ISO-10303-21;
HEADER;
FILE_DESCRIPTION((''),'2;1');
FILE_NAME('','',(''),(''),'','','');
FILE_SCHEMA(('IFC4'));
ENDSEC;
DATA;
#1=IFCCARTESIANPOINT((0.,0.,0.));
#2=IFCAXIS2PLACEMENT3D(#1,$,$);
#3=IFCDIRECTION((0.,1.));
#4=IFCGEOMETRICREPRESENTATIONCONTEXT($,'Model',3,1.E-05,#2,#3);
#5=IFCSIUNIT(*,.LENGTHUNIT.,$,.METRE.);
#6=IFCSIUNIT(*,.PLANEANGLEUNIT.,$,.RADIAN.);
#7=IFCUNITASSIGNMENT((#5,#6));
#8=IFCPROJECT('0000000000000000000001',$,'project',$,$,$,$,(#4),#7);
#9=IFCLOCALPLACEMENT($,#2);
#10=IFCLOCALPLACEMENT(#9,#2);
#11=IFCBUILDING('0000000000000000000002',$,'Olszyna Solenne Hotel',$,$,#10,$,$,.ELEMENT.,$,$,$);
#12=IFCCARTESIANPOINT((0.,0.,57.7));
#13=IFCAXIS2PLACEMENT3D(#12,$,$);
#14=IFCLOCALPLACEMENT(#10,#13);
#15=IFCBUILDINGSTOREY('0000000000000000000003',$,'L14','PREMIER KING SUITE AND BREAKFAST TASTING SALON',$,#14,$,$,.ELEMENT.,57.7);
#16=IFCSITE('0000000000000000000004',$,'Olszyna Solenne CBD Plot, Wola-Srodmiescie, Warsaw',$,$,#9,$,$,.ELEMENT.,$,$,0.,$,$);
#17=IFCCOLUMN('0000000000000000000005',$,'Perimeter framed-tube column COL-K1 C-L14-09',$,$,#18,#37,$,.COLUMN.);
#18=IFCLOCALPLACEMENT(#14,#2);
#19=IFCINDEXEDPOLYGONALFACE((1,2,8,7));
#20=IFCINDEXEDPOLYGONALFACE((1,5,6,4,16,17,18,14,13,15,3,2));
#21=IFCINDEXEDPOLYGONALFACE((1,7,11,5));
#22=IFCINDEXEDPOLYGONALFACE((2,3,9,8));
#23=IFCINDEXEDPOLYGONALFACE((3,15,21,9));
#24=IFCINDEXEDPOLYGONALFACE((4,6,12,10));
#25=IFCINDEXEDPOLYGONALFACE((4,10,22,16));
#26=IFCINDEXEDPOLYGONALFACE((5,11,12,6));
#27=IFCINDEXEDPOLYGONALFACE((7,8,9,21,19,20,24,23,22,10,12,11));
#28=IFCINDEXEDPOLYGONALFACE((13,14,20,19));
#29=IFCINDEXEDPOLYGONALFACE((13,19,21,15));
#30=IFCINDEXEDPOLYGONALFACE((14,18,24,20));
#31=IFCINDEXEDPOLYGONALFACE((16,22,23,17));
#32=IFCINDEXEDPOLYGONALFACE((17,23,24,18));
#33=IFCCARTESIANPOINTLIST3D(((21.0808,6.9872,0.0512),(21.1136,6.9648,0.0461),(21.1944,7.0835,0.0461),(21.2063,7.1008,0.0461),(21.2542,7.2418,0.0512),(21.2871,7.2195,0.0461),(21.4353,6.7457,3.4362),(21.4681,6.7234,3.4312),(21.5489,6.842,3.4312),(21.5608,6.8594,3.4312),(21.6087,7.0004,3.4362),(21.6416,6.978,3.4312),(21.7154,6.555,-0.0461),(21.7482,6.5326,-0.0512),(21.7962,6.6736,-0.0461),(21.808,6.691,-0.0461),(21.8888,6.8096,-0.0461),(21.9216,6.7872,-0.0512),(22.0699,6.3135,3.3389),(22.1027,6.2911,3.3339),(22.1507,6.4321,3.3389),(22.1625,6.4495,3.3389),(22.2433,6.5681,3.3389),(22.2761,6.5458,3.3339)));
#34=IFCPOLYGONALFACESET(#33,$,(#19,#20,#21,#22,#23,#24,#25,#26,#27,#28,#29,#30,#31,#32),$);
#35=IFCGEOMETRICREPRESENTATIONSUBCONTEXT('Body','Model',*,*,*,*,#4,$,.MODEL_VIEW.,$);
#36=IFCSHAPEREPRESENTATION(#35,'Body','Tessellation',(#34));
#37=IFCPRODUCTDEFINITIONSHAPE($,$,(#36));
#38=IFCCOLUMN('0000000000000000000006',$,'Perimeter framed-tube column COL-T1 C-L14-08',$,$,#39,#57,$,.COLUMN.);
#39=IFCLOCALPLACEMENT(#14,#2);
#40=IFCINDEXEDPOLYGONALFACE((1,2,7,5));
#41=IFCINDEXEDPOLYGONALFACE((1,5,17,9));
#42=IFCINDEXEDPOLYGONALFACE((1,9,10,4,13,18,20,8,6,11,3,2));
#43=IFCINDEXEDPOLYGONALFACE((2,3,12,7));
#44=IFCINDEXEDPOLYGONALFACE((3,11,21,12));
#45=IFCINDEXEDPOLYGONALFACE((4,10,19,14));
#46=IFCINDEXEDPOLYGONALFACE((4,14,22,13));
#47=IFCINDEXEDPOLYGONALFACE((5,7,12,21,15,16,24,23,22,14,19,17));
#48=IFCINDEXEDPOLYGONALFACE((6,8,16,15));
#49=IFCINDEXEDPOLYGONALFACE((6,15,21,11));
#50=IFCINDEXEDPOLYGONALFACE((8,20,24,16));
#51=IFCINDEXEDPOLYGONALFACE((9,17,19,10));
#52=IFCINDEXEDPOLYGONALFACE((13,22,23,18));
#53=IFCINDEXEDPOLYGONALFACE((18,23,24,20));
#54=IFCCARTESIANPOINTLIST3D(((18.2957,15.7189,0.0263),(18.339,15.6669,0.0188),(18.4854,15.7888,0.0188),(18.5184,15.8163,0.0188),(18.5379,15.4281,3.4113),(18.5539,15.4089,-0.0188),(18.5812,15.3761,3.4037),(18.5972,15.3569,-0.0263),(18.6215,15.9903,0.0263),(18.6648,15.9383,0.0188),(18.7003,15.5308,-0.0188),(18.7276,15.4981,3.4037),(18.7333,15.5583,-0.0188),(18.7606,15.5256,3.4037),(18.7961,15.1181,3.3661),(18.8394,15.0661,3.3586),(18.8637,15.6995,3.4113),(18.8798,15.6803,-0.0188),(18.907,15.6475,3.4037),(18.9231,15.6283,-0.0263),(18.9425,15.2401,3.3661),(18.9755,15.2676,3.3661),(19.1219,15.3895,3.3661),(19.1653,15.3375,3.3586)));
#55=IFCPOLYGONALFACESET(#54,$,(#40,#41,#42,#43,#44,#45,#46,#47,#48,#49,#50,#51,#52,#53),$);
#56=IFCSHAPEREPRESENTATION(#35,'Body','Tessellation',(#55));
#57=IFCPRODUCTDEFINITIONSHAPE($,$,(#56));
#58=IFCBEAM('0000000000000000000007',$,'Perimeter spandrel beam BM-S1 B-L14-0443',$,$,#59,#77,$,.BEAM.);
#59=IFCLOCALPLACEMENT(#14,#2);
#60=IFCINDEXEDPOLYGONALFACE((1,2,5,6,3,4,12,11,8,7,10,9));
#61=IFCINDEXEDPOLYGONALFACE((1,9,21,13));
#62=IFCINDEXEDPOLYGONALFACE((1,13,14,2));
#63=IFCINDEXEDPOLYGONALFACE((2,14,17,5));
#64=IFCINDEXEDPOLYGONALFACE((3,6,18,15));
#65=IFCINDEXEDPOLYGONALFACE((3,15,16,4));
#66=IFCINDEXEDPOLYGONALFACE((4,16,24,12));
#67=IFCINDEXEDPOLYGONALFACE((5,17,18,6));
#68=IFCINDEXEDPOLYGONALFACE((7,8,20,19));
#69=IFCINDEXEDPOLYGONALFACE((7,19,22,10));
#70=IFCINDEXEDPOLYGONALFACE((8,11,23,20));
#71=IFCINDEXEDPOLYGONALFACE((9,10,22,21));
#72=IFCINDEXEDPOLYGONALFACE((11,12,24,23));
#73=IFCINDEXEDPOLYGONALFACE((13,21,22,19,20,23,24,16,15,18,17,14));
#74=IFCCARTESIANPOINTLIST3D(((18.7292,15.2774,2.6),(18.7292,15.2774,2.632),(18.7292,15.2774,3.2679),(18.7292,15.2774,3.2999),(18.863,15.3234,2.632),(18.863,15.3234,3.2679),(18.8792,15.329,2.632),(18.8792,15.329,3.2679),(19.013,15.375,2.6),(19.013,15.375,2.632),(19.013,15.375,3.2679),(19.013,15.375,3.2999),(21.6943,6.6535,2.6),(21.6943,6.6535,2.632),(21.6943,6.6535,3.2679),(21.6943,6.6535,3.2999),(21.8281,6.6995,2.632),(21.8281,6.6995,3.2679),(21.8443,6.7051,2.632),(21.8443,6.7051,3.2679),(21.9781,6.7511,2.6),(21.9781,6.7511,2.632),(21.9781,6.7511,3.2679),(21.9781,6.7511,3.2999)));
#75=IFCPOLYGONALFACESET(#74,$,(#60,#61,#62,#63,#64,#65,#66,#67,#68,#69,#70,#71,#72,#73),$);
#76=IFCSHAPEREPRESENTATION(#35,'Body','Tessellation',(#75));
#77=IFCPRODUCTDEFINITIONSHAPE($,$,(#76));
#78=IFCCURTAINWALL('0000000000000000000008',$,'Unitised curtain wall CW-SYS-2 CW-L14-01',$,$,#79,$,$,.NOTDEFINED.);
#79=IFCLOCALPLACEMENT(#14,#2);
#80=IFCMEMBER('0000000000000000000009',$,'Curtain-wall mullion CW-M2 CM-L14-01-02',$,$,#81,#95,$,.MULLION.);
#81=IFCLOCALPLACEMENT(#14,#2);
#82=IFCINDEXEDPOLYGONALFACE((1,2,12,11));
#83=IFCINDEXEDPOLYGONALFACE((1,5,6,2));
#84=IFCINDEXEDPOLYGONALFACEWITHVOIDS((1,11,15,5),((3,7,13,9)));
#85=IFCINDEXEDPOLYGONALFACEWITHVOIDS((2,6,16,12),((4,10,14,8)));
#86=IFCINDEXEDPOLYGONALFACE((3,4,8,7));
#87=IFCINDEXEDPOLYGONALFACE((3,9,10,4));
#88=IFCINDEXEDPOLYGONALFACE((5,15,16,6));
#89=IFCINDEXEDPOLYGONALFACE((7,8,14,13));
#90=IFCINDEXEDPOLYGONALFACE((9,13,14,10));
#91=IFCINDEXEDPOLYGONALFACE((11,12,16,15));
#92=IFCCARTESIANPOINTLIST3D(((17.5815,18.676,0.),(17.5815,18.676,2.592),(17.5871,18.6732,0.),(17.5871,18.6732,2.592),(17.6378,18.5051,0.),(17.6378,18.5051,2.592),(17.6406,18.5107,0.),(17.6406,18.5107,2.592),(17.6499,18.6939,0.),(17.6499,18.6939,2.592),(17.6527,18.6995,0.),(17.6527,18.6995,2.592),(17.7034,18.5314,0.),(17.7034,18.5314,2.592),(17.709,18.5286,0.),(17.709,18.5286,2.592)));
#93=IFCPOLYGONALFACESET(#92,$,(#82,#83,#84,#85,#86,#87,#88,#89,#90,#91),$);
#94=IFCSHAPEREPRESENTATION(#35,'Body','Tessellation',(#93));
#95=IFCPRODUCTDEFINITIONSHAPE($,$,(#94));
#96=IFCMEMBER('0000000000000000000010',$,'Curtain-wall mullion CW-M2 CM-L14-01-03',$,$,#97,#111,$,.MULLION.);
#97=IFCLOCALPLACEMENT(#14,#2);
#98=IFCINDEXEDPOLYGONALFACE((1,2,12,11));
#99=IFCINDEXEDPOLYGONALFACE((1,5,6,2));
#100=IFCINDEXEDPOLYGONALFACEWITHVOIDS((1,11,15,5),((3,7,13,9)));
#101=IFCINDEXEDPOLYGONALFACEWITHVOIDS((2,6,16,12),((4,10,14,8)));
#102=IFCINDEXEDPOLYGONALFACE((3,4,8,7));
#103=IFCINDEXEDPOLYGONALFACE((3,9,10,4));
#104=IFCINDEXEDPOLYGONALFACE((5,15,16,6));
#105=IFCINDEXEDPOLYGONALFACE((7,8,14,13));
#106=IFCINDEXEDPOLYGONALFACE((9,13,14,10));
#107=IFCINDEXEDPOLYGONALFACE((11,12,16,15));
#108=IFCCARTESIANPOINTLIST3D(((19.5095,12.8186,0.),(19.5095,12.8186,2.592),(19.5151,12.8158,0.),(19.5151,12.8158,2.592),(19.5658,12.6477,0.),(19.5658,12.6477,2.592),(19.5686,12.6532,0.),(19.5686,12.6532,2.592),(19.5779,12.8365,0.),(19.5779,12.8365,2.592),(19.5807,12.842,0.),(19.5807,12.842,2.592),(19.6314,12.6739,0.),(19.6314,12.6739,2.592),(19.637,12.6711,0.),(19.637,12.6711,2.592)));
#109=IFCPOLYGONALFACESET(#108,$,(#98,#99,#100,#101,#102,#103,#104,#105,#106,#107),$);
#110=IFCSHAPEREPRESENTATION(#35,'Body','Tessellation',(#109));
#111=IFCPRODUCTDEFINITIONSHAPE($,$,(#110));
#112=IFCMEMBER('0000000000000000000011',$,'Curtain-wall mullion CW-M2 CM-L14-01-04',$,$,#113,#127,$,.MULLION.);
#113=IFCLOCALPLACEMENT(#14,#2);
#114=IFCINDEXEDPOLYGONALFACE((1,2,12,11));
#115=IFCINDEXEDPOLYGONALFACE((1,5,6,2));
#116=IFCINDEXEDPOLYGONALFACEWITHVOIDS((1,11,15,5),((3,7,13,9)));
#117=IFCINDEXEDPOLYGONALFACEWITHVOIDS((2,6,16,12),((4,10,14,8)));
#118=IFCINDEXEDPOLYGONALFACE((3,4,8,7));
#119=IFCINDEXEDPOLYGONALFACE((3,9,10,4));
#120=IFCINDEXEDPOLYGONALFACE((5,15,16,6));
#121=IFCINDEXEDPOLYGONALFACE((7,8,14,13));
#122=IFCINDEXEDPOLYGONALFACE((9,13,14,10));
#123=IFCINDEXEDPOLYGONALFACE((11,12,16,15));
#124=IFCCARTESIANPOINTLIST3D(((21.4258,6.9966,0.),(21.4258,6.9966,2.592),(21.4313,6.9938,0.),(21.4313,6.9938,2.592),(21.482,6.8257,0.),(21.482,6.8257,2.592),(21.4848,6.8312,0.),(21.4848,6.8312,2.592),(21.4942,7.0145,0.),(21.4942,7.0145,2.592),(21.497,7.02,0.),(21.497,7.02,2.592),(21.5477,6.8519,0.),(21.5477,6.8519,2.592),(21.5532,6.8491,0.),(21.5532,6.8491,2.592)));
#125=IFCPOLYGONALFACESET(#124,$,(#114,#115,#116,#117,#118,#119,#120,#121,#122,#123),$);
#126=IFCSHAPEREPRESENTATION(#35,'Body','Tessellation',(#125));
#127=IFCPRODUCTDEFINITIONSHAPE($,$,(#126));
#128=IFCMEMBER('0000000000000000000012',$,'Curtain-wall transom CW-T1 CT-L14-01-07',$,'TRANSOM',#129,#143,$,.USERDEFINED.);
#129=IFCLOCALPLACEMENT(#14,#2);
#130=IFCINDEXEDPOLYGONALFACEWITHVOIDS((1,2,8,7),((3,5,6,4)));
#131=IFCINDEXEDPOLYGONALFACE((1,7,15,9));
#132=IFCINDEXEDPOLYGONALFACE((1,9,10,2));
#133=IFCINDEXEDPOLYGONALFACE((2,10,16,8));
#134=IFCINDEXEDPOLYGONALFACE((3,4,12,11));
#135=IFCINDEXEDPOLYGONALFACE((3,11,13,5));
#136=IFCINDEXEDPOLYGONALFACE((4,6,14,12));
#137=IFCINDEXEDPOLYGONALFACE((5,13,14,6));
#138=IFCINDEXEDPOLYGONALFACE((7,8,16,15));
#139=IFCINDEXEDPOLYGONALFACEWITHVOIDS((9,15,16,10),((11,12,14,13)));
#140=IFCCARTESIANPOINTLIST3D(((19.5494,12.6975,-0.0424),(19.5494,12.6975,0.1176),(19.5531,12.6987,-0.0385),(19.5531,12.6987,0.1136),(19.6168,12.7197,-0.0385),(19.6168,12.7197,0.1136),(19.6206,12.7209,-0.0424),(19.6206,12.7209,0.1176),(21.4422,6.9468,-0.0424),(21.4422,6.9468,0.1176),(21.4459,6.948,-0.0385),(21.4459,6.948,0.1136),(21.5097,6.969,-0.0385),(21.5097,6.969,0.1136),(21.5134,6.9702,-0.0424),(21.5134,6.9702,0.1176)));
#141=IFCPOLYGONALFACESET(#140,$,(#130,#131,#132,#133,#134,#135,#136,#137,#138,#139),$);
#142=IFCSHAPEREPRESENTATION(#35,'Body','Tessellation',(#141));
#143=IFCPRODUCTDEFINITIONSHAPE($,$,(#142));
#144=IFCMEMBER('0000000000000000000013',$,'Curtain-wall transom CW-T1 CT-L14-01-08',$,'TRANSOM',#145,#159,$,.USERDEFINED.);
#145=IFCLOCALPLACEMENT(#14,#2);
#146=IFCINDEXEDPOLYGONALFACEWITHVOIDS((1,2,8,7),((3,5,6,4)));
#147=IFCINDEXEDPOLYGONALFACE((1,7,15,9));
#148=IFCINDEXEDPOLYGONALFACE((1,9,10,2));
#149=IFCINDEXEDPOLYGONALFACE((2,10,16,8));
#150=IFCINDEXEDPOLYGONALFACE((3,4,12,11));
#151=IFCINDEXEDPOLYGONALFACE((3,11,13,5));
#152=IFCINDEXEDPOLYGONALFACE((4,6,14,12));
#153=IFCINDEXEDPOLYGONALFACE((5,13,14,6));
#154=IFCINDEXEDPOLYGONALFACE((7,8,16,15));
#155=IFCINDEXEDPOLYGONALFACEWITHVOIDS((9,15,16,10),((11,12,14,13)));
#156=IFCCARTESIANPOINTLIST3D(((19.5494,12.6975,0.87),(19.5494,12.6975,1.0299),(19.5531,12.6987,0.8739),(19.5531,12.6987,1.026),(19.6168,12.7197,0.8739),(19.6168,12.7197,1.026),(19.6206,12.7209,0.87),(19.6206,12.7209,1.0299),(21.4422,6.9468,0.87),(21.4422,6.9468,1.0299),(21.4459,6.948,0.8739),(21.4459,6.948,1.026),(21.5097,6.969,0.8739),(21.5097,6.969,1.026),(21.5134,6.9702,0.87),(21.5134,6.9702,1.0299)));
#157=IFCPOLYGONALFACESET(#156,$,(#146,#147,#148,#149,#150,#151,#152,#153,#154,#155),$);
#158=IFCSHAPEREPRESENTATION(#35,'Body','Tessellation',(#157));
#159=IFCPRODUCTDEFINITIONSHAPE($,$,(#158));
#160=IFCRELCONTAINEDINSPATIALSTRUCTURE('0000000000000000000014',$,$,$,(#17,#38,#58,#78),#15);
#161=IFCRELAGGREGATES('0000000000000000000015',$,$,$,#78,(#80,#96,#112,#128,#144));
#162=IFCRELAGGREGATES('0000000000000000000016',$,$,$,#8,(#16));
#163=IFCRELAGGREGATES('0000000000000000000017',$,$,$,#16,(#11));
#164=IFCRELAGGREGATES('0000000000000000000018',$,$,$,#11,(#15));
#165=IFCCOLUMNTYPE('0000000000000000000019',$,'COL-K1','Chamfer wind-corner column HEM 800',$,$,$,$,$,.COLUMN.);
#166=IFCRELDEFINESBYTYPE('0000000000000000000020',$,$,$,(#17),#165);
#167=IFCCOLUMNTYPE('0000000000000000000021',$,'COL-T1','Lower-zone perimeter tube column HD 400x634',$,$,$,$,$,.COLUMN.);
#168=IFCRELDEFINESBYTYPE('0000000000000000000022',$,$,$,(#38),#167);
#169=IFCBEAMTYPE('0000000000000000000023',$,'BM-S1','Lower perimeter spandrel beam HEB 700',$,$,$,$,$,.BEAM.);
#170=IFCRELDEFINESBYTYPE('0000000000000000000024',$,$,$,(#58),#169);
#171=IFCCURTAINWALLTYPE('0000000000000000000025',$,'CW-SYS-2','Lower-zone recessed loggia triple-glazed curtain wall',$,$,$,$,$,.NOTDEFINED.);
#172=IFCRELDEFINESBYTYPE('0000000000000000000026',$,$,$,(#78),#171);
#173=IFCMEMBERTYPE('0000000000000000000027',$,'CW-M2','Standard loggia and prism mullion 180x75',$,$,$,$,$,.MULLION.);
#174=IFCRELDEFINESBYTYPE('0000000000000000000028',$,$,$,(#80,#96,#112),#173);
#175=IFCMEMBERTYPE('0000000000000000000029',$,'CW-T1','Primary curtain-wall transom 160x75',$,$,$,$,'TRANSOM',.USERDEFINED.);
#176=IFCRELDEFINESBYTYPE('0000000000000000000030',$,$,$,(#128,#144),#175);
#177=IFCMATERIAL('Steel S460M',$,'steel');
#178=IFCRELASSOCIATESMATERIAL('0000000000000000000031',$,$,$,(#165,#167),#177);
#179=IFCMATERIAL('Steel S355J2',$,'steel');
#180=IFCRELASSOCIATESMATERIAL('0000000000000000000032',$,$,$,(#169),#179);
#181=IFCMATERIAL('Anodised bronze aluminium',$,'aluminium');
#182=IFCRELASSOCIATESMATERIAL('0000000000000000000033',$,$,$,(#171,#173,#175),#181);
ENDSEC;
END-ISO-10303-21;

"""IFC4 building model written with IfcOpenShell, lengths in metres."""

from ifc_helpers import new_model, si_unit, direction, frame, origin, origin_2d, place, context, subcontext, project, spatial, hollow_rectangle, i_section, extrude, source, transform, mapped, material, material_profile, profile_set, type_object, element, aggregate, save


model = new_model("IFC4")

# Units and contexts
model_context = context("Model", 3, precision=1e-05, world=origin(), true_north=direction((0.0, 1.0)))
body_context = subcontext(model_context, "Body", "Model", "MODEL_VIEW")
ifc_project = project(units=[si_unit("LENGTHUNIT", "METRE"), si_unit("PLANEANGLEUNIT", "RADIAN")], contexts=[model_context])

# Site, building, storey
site_placement = place(None, origin())
site = spatial("IfcSite", under=ifc_project, at=site_placement, Name="Olszyna Solenne CBD Plot, Wola-Srodmiescie, Warsaw", CompositionType="ELEMENT", RefElevation=0.0)
building_placement = place(site_placement, origin())
building = spatial("IfcBuilding", under=site, at=building_placement, Name="Olszyna Solenne Hotel", CompositionType="ELEMENT")
storey_placement = place(building_placement, frame((0.0, 0.0, 57.7)))
storey = spatial("IfcBuildingStorey", under=building, at=storey_placement, Name="L14", Description="PREMIER KING SUITE AND BREAKFAST TASTING SALON", CompositionType="ELEMENT", Elevation=57.7)

# Columns
ifc_material_1 = material(Name="Steel S460M", Category="steel")
ifc_material_profile_1 = material_profile(ifc_material_1, i_section(OverallWidth=0.3081, OverallDepth=0.814, WebThickness=0.021, FlangeThickness=0.04, at=origin_2d()), Name="HEM 800", Category="load-bearing")
ifc_profile_set_1 = profile_set([ifc_material_profile_1], Name="Steel S460M")
column_type_1 = type_object("IfcColumnType", Name="COL-K1", Description="Chamfer wind-corner column HEM 800", PredefinedType="COLUMN", material=ifc_profile_set_1)
shared_shape_1 = source(origin(), body_context, "Body", "SweptSolid", [
    extrude(i_section(OverallWidth=0.3081, OverallDepth=0.814, WebThickness=0.021, FlangeThickness=0.04, at=origin_2d()), origin(), (0.0, 0.0, 1.0), 3.4121),
])
column_1_placement = place(storey_placement, frame((21.5012, 6.8872, 0.0), z_axis=(0.103893, -0.070765, 0.992068), x_axis=(0.562948, 0.826492, 0.0)))
element("IfcColumn", 1, at=column_1_placement, inside=storey, type_object=column_type_1, Name="Perimeter framed-tube column COL-K1 C-L14-09", PredefinedType="COLUMN", context=body_context, shape_type="MappedRepresentation", body=[
    mapped(shared_shape_1, transform((0.0, 0.0, 0.0), x_axis=(1.0, 0.0, 0.0), y_axis=(0.0, 1.0, 0.0), z_axis=(0.0, 0.0, 1.0), scale=1.0)),
])
ifc_material_profile_2 = material_profile(ifc_material_1, i_section(OverallWidth=0.4241, OverallDepth=0.4741, WebThickness=0.043, FlangeThickness=0.0681, at=origin_2d()), Name="HD 400x634", Category="load-bearing")
ifc_profile_set_2 = profile_set([ifc_material_profile_2], Name="Steel S460M")
column_type_2 = type_object("IfcColumnType", Name="COL-T1", Description="Lower-zone perimeter tube column HD 400x634", PredefinedType="COLUMN", material=ifc_profile_set_2)
shared_shape_2 = source(origin(), body_context, "Body", "SweptSolid", [
    extrude(i_section(OverallWidth=0.4241, OverallDepth=0.4741, WebThickness=0.043, FlangeThickness=0.0681, at=origin_2d()), origin(), (0.0, 0.0, 1.0), 3.406),
])
column_2_placement = place(storey_placement, frame((18.6094, 15.6736, 0.0), z_axis=(0.071104, -0.085368, 0.993809), x_axis=(0.76838, 0.639994, 0.0)))
element("IfcColumn", 2, at=column_2_placement, inside=storey, type_object=column_type_2, Name="Perimeter framed-tube column COL-T1 C-L14-08", PredefinedType="COLUMN", context=body_context, shape_type="MappedRepresentation", body=[
    mapped(shared_shape_2, transform((0.0, 0.0, 0.0), x_axis=(1.0, 0.0, 0.0), y_axis=(0.0, 1.0, 0.0), z_axis=(0.0, 0.0, 1.0), scale=1.0)),
])

# Beam
ifc_material_2 = material(Name="Steel S355J2", Category="steel")
ifc_material_profile_3 = material_profile(ifc_material_2, i_section(OverallWidth=0.3, OverallDepth=0.7, WebThickness=0.0171, FlangeThickness=0.032, at=origin_2d()), Name="HEB 700", Category="load-bearing")
ifc_profile_set_3 = profile_set([ifc_material_profile_3], Name="Steel S355J2")
beam_type = type_object("IfcBeamType", Name="BM-S1", Description="Lower perimeter spandrel beam HEB 700", PredefinedType="BEAM", material=ifc_profile_set_3)
shared_shape_3 = source(origin(), body_context, "Body", "SweptSolid", [
    extrude(i_section(OverallWidth=0.3, OverallDepth=0.7, WebThickness=0.0171, FlangeThickness=0.032, at=origin_2d()), origin(), (0.0, 0.0, 1.0), 9.1194),
])
beam_placement = place(storey_placement, frame((18.8711, 15.3262, 2.95), z_axis=(0.325145, -0.945664, 0.0), x_axis=(0.945664, 0.325145, 0.0)))
element("IfcBeam", 3, at=beam_placement, inside=storey, type_object=beam_type, Name="Perimeter spandrel beam BM-S1 B-L14-0443", PredefinedType="BEAM", context=body_context, shape_type="MappedRepresentation", body=[
    mapped(shared_shape_3, transform((0.0, 0.0, 0.0), x_axis=(1.0, 0.0, 0.0), y_axis=(0.0, 1.0, 0.0), z_axis=(0.0, 0.0, 1.0), scale=1.0)),
])

# Curtain wall, members
ifc_material_3 = material(Name="Anodised bronze aluminium", Category="aluminium")
curtain_wall_type = type_object("IfcCurtainWallType", Name="CW-SYS-2", Description="Lower-zone recessed loggia triple-glazed curtain wall", PredefinedType="NOTDEFINED", material=ifc_material_3)
curtain_wall_placement = place(storey_placement, origin())
curtain_wall = element("IfcCurtainWall", 4, at=curtain_wall_placement, inside=storey, type_object=curtain_wall_type, Name="Unitised curtain wall CW-SYS-2 CW-L14-01", PredefinedType="NOTDEFINED")
ifc_material_profile_4 = material_profile(ifc_material_3, hollow_rectangle(XDim=0.075, YDim=0.1799, WallThickness=0.0044, at=origin_2d()), Name="MULL 180x75x4.5", Category="load-bearing")
ifc_profile_set_4 = profile_set([ifc_material_profile_4], Name="Anodised bronze aluminium")
member_type_1 = type_object("IfcMemberType", Name="CW-M2", Description="Standard loggia and prism mullion 180x75", PredefinedType="MULLION", material=ifc_profile_set_4)
shared_shape_4 = source(origin(), body_context, "Body", "SweptSolid", [
    extrude(hollow_rectangle(XDim=0.075, YDim=0.1799, WallThickness=0.0044, at=origin_2d()), origin(), (0.0, 0.0, 1.0), 2.592),
])
member_1_placement = place(storey_placement, frame((17.6453, 18.6023, 0.0), z_axis=(0.0, 0.0, 1.0), x_axis=(0.94987, 0.312647, 0.0)))
member_1 = element("IfcMember", 5, at=member_1_placement, type_object=member_type_1, Name="Curtain-wall mullion CW-M2 CM-L14-01-02", PredefinedType="MULLION", context=body_context, shape_type="MappedRepresentation", body=[
    mapped(shared_shape_4, transform((0.0, 0.0, 0.0), x_axis=(1.0, 0.0, 0.0), y_axis=(0.0, 1.0, 0.0), z_axis=(0.0, 0.0, 1.0), scale=1.0)),
])
member_2_placement = place(storey_placement, frame((19.5732, 12.7449, 0.0), z_axis=(0.0, 0.0, 1.0), x_axis=(0.94987, 0.312647, 0.0)))
member_2 = element("IfcMember", 6, at=member_2_placement, type_object=member_type_1, Name="Curtain-wall mullion CW-M2 CM-L14-01-03", PredefinedType="MULLION", context=body_context, shape_type="MappedRepresentation", body=[
    mapped(shared_shape_4, transform((0.0, 0.0, 0.0), x_axis=(1.0, 0.0, 0.0), y_axis=(0.0, 1.0, 0.0), z_axis=(0.0, 0.0, 1.0), scale=1.0)),
])
member_3_placement = place(storey_placement, frame((21.4895, 6.9229, 0.0), z_axis=(0.0, 0.0, 1.0), x_axis=(0.94987, 0.312647, 0.0)))
member_3 = element("IfcMember", 7, at=member_3_placement, type_object=member_type_1, Name="Curtain-wall mullion CW-M2 CM-L14-01-04", PredefinedType="MULLION", context=body_context, shape_type="MappedRepresentation", body=[
    mapped(shared_shape_4, transform((0.0, 0.0, 0.0), x_axis=(1.0, 0.0, 0.0), y_axis=(0.0, 1.0, 0.0), z_axis=(0.0, 0.0, 1.0), scale=1.0)),
])
ifc_material_profile_5 = material_profile(ifc_material_3, hollow_rectangle(XDim=0.075, YDim=0.1599, WallThickness=0.0039, at=origin_2d()), Name="TRAN 160x75x4", Category="load-bearing")
ifc_profile_set_5 = profile_set([ifc_material_profile_5], Name="Anodised bronze aluminium")
member_type_2 = type_object("IfcMemberType", Name="CW-T1", Description="Primary curtain-wall transom 160x75", ElementType="TRANSOM", PredefinedType="USERDEFINED", material=ifc_profile_set_5)
shared_shape_5 = source(origin(), body_context, "Body", "SweptSolid", [
    extrude(hollow_rectangle(XDim=0.075, YDim=0.1599, WallThickness=0.0039, at=origin_2d()), origin(), (0.0, 0.0, 1.0), 6.0542),
])
member_4_placement = place(storey_placement, frame((19.585, 12.7092, 0.0376), z_axis=(0.312645, -0.94987, 0.0), x_axis=(0.94987, 0.312645, 0.0)))
member_4 = element("IfcMember", 8, at=member_4_placement, type_object=member_type_2, Name="Curtain-wall transom CW-T1 CT-L14-01-07", ObjectType="TRANSOM", PredefinedType="USERDEFINED", context=body_context, shape_type="MappedRepresentation", body=[
    mapped(shared_shape_5, transform((0.0, 0.0, 0.0), x_axis=(1.0, 0.0, 0.0), y_axis=(0.0, 1.0, 0.0), z_axis=(0.0, 0.0, 1.0), scale=1.0)),
])
member_5_placement = place(storey_placement, frame((19.585, 12.7092, 0.95), z_axis=(0.312645, -0.94987, 0.0), x_axis=(0.94987, 0.312645, 0.0)))
member_5 = element("IfcMember", 9, at=member_5_placement, type_object=member_type_2, Name="Curtain-wall transom CW-T1 CT-L14-01-08", ObjectType="TRANSOM", PredefinedType="USERDEFINED", context=body_context, shape_type="MappedRepresentation", body=[
    mapped(shared_shape_5, transform((0.0, 0.0, 0.0), x_axis=(1.0, 0.0, 0.0), y_axis=(0.0, 1.0, 0.0), z_axis=(0.0, 0.0, 1.0), scale=1.0)),
])

aggregate(curtain_wall, [member_1, member_2, member_3, member_4, member_5])

save(model, "model.ifc")
